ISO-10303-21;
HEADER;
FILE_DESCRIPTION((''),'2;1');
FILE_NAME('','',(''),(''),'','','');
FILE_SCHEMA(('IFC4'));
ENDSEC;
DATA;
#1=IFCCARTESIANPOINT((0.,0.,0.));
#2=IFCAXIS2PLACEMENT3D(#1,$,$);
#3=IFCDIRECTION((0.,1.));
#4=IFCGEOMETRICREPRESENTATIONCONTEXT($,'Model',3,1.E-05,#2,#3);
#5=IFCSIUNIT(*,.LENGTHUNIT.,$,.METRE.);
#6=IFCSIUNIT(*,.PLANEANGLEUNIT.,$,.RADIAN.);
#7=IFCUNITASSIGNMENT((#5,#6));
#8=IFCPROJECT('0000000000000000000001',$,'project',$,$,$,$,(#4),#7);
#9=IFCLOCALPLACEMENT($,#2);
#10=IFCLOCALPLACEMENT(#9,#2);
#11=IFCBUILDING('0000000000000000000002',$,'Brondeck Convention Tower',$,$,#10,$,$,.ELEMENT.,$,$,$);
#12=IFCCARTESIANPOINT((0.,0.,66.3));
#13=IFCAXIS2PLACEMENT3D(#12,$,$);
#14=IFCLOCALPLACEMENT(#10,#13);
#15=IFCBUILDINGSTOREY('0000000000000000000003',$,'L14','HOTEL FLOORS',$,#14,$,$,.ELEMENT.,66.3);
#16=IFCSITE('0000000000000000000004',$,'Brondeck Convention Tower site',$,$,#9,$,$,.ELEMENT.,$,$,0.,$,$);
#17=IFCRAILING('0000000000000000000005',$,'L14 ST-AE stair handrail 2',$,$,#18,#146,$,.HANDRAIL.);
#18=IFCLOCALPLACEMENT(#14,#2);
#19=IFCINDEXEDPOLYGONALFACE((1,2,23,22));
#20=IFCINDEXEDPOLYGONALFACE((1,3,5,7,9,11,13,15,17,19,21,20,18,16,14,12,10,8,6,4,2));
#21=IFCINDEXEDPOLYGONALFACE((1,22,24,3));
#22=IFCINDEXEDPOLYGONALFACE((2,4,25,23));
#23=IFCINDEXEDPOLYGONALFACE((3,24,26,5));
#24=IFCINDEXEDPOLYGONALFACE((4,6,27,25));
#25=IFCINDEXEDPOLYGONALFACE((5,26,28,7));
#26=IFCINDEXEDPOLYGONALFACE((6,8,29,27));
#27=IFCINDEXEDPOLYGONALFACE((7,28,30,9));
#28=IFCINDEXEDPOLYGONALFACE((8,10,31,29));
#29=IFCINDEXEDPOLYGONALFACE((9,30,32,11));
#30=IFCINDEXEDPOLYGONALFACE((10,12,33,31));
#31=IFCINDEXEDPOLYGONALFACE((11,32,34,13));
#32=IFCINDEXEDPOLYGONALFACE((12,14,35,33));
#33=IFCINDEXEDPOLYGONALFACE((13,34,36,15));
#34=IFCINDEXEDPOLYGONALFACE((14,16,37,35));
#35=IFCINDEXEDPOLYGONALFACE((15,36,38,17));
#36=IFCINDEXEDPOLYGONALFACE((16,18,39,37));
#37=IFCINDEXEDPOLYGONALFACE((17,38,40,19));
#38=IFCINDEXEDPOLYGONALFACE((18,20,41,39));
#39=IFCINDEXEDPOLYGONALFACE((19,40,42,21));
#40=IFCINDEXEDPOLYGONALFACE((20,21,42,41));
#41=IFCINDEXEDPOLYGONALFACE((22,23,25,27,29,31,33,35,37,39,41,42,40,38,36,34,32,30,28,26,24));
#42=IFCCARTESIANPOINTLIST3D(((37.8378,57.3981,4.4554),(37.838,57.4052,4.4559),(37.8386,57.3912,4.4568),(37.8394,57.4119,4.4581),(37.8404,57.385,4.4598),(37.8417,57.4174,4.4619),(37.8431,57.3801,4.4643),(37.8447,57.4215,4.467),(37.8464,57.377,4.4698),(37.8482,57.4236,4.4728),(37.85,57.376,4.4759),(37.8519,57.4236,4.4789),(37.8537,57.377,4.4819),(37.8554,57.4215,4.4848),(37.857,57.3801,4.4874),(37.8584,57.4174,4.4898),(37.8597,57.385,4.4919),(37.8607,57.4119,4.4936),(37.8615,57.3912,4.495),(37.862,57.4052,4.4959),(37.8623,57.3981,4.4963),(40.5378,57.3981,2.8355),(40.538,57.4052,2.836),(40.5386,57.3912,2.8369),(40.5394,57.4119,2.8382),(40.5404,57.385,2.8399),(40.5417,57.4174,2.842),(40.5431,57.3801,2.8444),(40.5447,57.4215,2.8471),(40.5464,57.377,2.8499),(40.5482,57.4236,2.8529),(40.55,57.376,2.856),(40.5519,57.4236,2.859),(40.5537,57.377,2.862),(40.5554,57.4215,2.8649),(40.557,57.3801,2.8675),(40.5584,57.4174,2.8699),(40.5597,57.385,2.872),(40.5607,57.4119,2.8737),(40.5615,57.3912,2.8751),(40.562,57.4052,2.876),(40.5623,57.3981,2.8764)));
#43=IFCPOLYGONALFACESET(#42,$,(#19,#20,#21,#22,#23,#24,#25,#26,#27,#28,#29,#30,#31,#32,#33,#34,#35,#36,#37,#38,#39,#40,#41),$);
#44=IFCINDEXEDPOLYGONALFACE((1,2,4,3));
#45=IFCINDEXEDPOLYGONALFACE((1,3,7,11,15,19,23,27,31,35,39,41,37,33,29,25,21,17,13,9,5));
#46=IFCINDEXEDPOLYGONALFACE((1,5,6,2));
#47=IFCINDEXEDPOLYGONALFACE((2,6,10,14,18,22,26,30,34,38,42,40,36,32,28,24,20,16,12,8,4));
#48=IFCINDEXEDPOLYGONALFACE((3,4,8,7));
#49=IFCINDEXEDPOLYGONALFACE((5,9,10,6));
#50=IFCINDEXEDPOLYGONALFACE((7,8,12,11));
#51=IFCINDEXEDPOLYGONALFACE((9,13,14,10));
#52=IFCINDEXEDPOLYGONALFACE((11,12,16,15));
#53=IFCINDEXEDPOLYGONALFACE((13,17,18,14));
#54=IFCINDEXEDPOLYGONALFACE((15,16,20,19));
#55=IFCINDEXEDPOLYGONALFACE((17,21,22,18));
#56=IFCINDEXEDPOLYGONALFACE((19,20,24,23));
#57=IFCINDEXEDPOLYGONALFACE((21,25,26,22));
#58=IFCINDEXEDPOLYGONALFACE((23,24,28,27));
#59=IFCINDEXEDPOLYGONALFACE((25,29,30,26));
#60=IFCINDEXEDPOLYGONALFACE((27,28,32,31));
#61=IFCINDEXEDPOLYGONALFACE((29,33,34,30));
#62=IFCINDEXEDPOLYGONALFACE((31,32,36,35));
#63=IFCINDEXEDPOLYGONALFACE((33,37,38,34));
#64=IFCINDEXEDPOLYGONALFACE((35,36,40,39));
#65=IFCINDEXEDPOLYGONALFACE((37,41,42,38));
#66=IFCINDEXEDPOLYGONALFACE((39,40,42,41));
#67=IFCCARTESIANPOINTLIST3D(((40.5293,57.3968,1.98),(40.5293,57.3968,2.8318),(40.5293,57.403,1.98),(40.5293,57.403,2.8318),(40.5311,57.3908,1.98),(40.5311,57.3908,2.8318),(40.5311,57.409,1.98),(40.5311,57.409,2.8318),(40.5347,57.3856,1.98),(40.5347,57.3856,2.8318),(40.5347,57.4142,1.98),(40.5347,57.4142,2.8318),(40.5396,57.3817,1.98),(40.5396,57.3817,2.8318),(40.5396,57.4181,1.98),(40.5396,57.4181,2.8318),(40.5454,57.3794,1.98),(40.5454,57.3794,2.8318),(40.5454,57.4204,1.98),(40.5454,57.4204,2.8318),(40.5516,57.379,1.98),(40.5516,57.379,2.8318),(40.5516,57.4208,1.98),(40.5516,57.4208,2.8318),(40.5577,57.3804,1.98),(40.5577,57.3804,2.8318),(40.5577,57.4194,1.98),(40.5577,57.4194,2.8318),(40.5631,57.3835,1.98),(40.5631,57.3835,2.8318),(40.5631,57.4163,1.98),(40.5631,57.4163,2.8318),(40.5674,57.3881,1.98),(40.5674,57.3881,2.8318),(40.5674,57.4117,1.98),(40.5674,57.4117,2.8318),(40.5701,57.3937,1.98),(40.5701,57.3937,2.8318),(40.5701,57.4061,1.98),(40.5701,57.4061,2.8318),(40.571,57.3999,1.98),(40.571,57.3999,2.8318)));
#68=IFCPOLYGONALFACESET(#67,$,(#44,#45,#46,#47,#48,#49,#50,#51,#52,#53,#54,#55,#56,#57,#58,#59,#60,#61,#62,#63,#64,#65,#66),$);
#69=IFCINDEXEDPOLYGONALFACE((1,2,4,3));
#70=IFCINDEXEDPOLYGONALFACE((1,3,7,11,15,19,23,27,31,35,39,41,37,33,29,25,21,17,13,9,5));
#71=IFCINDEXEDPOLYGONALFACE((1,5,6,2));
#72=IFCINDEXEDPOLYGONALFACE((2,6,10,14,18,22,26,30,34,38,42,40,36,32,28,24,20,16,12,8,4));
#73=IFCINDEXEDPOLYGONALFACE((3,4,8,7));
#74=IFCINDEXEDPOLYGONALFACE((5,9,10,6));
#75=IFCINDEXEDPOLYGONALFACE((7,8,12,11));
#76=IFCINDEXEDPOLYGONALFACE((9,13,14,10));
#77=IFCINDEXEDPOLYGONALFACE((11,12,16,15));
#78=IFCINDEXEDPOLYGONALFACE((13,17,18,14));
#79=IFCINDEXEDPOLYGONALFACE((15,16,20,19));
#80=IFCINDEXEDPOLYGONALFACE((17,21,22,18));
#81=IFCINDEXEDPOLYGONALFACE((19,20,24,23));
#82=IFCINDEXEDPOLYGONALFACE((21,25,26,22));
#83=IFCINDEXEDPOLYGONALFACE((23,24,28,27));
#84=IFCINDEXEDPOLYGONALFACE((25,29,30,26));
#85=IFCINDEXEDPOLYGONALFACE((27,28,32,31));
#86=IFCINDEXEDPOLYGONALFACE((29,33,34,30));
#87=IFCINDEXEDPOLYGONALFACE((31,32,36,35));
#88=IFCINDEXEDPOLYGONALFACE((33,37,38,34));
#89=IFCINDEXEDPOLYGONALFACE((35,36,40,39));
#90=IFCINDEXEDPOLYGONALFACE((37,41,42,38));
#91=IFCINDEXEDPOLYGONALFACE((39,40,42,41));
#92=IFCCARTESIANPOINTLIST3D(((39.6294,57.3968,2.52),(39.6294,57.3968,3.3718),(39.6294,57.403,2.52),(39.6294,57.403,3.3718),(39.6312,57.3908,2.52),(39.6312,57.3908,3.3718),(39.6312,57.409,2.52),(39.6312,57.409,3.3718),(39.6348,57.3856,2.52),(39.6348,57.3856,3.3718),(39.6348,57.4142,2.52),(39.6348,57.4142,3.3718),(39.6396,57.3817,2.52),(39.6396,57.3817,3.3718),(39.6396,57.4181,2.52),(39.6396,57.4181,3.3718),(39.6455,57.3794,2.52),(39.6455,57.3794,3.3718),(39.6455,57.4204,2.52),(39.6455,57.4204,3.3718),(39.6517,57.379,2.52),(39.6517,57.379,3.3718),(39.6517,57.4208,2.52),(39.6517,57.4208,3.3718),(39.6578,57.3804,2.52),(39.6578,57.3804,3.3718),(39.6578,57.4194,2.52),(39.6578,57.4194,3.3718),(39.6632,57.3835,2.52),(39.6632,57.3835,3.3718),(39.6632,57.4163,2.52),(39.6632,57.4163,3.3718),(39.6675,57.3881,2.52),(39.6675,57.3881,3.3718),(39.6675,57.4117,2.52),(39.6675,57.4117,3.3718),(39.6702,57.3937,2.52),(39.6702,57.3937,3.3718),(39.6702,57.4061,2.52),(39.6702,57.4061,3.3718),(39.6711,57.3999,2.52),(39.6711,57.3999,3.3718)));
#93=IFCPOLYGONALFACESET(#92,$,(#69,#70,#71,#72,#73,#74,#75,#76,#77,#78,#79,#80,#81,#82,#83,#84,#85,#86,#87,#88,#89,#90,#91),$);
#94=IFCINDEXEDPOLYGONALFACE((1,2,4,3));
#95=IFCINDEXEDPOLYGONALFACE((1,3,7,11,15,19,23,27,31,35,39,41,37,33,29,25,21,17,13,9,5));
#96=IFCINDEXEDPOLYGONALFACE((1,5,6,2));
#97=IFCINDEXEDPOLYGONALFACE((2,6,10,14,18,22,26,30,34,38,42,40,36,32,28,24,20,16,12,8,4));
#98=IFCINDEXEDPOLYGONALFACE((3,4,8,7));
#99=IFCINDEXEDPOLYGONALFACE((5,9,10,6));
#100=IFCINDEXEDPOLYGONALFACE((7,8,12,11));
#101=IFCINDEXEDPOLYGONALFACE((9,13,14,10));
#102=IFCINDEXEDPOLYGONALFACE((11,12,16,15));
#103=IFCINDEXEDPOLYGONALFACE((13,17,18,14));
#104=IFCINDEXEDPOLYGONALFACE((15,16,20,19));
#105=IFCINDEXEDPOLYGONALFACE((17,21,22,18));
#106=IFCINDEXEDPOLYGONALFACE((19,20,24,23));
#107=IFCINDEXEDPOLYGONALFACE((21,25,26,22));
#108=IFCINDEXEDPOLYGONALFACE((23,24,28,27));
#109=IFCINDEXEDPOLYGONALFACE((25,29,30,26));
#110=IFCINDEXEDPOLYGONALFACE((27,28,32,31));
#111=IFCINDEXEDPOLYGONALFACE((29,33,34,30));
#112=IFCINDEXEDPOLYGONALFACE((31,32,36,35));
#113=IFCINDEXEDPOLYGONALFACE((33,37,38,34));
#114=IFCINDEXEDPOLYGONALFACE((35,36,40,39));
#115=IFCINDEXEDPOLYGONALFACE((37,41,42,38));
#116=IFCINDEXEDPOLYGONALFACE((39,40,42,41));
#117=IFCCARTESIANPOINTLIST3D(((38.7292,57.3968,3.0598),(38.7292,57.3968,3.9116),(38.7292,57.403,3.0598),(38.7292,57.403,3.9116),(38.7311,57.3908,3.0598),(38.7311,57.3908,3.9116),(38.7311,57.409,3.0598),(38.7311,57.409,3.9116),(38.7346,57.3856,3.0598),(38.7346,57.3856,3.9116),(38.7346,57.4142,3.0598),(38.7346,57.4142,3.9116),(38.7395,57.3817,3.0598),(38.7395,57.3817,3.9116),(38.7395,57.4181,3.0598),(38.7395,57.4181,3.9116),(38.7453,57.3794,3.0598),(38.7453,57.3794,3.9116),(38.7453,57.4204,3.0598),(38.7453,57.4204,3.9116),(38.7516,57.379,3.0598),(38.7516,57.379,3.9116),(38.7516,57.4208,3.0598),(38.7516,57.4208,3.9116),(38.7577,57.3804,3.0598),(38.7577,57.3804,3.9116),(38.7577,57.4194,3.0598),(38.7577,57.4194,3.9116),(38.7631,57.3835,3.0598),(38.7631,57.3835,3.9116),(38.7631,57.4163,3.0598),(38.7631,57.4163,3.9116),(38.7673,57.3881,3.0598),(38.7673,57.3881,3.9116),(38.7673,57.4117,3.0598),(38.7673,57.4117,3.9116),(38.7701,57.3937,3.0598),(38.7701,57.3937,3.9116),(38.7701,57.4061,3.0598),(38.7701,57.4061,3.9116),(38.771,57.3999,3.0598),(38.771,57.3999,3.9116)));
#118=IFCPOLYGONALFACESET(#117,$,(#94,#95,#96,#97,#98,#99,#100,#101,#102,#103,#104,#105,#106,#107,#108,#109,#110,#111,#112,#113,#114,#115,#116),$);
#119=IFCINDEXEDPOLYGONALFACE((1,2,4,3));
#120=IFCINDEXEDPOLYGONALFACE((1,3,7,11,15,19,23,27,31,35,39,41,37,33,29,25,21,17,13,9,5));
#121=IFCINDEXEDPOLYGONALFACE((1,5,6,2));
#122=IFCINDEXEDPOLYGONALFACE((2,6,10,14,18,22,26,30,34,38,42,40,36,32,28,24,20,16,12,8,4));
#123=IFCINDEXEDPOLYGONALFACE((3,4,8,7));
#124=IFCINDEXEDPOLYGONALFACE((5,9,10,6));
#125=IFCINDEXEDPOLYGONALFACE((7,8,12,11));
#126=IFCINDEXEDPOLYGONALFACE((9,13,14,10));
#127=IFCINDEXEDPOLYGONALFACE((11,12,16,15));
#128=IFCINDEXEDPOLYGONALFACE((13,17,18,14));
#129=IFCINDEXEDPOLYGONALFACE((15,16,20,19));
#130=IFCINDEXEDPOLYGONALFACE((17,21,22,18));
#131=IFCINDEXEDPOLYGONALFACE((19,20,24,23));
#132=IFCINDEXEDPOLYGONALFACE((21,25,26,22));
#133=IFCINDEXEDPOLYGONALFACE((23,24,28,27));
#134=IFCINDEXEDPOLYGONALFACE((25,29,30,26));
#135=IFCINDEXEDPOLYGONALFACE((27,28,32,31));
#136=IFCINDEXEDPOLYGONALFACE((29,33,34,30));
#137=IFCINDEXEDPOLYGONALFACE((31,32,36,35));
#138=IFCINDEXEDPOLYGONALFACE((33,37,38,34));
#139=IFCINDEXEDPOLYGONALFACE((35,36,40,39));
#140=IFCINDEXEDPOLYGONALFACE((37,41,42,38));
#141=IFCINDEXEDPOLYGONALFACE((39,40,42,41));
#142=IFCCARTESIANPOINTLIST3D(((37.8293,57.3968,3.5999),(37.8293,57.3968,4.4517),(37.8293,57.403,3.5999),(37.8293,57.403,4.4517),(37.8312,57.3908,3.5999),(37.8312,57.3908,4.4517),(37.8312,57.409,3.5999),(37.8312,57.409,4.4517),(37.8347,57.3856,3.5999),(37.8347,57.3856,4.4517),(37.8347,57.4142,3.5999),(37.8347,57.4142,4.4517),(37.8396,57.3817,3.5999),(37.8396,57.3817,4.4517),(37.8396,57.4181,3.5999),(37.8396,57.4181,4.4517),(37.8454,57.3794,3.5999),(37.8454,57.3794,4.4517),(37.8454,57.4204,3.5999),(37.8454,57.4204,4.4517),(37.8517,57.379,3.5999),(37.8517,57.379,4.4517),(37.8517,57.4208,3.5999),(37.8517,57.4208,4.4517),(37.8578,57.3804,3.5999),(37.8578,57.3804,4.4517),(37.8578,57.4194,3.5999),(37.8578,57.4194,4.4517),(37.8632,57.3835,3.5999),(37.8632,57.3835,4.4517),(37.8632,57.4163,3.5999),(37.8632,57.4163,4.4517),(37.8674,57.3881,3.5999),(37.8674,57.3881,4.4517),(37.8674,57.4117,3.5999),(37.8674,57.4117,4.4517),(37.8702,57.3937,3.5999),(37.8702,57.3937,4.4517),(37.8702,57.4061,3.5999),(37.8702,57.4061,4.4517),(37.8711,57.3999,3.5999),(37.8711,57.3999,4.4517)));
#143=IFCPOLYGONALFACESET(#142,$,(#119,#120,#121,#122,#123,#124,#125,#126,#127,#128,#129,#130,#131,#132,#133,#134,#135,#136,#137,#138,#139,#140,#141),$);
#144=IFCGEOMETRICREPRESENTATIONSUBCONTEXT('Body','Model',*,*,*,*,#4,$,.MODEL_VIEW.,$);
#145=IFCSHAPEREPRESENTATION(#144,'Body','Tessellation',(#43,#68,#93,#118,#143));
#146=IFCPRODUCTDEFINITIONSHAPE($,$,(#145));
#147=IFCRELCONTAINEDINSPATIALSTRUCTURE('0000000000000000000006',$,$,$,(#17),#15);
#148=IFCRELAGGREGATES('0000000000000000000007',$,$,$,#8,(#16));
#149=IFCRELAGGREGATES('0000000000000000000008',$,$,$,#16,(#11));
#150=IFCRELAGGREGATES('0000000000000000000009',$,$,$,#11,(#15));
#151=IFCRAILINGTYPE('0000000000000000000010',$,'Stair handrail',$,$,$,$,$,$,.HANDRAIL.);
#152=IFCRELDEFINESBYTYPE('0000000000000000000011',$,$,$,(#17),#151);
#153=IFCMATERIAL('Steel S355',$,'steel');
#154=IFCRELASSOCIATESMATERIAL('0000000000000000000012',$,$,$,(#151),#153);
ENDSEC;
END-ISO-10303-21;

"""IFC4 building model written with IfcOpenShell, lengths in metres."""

from ifc_helpers import new_model, si_unit, direction, frame, origin, origin_2d, place, context, subcontext, project, spatial, circle, extrude, material, type_object, element, save


model = new_model("IFC4")

# Units and contexts
model_context = context("Model", 3, precision=1e-05, world=origin(), true_north=direction((0.0, 1.0)))
body_context = subcontext(model_context, "Body", "Model", "MODEL_VIEW")
ifc_project = project(units=[si_unit("LENGTHUNIT", "METRE"), si_unit("PLANEANGLEUNIT", "RADIAN")], contexts=[model_context])

# Site, building, storey
site_placement = place(None, origin())
site = spatial("IfcSite", under=ifc_project, at=site_placement, Name="Brondeck Convention Tower site", CompositionType="ELEMENT", RefElevation=0.0)
building_placement = place(site_placement, origin())
building = spatial("IfcBuilding", under=site, at=building_placement, Name="Brondeck Convention Tower", CompositionType="ELEMENT")
storey_placement = place(building_placement, frame((0.0, 0.0, 66.3)))
storey = spatial("IfcBuildingStorey", under=building, at=storey_placement, Name="L14", Description="HOTEL FLOORS", CompositionType="ELEMENT", Elevation=66.3)

# Railing
ifc_material_1 = material(Name="Steel S355", Category="steel")
railing_type_1 = type_object("IfcRailingType", Name="Stair handrail", PredefinedType="HANDRAIL", material=ifc_material_1)
railing_1_placement = place(storey_placement, frame((40.55, 57.3999, 1.98)))
element("IfcRailing", 1, at=railing_1_placement, inside=storey, type_object=railing_type_1, Name="L14 ST-AE stair handrail 2", PredefinedType="HANDRAIL", context=body_context, shape_type="SweptSolid", body=[
    extrude(circle(Radius=0.0239, at=origin_2d()), frame((0.0, 0.0, 0.876), z_axis=(-0.857507, 0.0, 0.514473), x_axis=(0.0, -1.0, 0.0)), (0.0, 0.0, 1.0), 3.1487),
    extrude(circle(Radius=0.021, at=origin_2d()), origin(), (0.0, 0.0, 1.0), 0.8518),
    extrude(circle(Radius=0.021, at=origin_2d()), frame((-0.8999, 0.0, 0.54)), (0.0, 0.0, 1.0), 0.8518),
    extrude(circle(Radius=0.021, at=origin_2d()), frame((-1.8, 0.0, 1.0798)), (0.0, 0.0, 1.0), 0.8518),
    extrude(circle(Radius=0.021, at=origin_2d()), frame((-2.7, 0.0, 1.6199)), (0.0, 0.0, 1.0), 0.8518),
])

save(model, "model.ifc")
